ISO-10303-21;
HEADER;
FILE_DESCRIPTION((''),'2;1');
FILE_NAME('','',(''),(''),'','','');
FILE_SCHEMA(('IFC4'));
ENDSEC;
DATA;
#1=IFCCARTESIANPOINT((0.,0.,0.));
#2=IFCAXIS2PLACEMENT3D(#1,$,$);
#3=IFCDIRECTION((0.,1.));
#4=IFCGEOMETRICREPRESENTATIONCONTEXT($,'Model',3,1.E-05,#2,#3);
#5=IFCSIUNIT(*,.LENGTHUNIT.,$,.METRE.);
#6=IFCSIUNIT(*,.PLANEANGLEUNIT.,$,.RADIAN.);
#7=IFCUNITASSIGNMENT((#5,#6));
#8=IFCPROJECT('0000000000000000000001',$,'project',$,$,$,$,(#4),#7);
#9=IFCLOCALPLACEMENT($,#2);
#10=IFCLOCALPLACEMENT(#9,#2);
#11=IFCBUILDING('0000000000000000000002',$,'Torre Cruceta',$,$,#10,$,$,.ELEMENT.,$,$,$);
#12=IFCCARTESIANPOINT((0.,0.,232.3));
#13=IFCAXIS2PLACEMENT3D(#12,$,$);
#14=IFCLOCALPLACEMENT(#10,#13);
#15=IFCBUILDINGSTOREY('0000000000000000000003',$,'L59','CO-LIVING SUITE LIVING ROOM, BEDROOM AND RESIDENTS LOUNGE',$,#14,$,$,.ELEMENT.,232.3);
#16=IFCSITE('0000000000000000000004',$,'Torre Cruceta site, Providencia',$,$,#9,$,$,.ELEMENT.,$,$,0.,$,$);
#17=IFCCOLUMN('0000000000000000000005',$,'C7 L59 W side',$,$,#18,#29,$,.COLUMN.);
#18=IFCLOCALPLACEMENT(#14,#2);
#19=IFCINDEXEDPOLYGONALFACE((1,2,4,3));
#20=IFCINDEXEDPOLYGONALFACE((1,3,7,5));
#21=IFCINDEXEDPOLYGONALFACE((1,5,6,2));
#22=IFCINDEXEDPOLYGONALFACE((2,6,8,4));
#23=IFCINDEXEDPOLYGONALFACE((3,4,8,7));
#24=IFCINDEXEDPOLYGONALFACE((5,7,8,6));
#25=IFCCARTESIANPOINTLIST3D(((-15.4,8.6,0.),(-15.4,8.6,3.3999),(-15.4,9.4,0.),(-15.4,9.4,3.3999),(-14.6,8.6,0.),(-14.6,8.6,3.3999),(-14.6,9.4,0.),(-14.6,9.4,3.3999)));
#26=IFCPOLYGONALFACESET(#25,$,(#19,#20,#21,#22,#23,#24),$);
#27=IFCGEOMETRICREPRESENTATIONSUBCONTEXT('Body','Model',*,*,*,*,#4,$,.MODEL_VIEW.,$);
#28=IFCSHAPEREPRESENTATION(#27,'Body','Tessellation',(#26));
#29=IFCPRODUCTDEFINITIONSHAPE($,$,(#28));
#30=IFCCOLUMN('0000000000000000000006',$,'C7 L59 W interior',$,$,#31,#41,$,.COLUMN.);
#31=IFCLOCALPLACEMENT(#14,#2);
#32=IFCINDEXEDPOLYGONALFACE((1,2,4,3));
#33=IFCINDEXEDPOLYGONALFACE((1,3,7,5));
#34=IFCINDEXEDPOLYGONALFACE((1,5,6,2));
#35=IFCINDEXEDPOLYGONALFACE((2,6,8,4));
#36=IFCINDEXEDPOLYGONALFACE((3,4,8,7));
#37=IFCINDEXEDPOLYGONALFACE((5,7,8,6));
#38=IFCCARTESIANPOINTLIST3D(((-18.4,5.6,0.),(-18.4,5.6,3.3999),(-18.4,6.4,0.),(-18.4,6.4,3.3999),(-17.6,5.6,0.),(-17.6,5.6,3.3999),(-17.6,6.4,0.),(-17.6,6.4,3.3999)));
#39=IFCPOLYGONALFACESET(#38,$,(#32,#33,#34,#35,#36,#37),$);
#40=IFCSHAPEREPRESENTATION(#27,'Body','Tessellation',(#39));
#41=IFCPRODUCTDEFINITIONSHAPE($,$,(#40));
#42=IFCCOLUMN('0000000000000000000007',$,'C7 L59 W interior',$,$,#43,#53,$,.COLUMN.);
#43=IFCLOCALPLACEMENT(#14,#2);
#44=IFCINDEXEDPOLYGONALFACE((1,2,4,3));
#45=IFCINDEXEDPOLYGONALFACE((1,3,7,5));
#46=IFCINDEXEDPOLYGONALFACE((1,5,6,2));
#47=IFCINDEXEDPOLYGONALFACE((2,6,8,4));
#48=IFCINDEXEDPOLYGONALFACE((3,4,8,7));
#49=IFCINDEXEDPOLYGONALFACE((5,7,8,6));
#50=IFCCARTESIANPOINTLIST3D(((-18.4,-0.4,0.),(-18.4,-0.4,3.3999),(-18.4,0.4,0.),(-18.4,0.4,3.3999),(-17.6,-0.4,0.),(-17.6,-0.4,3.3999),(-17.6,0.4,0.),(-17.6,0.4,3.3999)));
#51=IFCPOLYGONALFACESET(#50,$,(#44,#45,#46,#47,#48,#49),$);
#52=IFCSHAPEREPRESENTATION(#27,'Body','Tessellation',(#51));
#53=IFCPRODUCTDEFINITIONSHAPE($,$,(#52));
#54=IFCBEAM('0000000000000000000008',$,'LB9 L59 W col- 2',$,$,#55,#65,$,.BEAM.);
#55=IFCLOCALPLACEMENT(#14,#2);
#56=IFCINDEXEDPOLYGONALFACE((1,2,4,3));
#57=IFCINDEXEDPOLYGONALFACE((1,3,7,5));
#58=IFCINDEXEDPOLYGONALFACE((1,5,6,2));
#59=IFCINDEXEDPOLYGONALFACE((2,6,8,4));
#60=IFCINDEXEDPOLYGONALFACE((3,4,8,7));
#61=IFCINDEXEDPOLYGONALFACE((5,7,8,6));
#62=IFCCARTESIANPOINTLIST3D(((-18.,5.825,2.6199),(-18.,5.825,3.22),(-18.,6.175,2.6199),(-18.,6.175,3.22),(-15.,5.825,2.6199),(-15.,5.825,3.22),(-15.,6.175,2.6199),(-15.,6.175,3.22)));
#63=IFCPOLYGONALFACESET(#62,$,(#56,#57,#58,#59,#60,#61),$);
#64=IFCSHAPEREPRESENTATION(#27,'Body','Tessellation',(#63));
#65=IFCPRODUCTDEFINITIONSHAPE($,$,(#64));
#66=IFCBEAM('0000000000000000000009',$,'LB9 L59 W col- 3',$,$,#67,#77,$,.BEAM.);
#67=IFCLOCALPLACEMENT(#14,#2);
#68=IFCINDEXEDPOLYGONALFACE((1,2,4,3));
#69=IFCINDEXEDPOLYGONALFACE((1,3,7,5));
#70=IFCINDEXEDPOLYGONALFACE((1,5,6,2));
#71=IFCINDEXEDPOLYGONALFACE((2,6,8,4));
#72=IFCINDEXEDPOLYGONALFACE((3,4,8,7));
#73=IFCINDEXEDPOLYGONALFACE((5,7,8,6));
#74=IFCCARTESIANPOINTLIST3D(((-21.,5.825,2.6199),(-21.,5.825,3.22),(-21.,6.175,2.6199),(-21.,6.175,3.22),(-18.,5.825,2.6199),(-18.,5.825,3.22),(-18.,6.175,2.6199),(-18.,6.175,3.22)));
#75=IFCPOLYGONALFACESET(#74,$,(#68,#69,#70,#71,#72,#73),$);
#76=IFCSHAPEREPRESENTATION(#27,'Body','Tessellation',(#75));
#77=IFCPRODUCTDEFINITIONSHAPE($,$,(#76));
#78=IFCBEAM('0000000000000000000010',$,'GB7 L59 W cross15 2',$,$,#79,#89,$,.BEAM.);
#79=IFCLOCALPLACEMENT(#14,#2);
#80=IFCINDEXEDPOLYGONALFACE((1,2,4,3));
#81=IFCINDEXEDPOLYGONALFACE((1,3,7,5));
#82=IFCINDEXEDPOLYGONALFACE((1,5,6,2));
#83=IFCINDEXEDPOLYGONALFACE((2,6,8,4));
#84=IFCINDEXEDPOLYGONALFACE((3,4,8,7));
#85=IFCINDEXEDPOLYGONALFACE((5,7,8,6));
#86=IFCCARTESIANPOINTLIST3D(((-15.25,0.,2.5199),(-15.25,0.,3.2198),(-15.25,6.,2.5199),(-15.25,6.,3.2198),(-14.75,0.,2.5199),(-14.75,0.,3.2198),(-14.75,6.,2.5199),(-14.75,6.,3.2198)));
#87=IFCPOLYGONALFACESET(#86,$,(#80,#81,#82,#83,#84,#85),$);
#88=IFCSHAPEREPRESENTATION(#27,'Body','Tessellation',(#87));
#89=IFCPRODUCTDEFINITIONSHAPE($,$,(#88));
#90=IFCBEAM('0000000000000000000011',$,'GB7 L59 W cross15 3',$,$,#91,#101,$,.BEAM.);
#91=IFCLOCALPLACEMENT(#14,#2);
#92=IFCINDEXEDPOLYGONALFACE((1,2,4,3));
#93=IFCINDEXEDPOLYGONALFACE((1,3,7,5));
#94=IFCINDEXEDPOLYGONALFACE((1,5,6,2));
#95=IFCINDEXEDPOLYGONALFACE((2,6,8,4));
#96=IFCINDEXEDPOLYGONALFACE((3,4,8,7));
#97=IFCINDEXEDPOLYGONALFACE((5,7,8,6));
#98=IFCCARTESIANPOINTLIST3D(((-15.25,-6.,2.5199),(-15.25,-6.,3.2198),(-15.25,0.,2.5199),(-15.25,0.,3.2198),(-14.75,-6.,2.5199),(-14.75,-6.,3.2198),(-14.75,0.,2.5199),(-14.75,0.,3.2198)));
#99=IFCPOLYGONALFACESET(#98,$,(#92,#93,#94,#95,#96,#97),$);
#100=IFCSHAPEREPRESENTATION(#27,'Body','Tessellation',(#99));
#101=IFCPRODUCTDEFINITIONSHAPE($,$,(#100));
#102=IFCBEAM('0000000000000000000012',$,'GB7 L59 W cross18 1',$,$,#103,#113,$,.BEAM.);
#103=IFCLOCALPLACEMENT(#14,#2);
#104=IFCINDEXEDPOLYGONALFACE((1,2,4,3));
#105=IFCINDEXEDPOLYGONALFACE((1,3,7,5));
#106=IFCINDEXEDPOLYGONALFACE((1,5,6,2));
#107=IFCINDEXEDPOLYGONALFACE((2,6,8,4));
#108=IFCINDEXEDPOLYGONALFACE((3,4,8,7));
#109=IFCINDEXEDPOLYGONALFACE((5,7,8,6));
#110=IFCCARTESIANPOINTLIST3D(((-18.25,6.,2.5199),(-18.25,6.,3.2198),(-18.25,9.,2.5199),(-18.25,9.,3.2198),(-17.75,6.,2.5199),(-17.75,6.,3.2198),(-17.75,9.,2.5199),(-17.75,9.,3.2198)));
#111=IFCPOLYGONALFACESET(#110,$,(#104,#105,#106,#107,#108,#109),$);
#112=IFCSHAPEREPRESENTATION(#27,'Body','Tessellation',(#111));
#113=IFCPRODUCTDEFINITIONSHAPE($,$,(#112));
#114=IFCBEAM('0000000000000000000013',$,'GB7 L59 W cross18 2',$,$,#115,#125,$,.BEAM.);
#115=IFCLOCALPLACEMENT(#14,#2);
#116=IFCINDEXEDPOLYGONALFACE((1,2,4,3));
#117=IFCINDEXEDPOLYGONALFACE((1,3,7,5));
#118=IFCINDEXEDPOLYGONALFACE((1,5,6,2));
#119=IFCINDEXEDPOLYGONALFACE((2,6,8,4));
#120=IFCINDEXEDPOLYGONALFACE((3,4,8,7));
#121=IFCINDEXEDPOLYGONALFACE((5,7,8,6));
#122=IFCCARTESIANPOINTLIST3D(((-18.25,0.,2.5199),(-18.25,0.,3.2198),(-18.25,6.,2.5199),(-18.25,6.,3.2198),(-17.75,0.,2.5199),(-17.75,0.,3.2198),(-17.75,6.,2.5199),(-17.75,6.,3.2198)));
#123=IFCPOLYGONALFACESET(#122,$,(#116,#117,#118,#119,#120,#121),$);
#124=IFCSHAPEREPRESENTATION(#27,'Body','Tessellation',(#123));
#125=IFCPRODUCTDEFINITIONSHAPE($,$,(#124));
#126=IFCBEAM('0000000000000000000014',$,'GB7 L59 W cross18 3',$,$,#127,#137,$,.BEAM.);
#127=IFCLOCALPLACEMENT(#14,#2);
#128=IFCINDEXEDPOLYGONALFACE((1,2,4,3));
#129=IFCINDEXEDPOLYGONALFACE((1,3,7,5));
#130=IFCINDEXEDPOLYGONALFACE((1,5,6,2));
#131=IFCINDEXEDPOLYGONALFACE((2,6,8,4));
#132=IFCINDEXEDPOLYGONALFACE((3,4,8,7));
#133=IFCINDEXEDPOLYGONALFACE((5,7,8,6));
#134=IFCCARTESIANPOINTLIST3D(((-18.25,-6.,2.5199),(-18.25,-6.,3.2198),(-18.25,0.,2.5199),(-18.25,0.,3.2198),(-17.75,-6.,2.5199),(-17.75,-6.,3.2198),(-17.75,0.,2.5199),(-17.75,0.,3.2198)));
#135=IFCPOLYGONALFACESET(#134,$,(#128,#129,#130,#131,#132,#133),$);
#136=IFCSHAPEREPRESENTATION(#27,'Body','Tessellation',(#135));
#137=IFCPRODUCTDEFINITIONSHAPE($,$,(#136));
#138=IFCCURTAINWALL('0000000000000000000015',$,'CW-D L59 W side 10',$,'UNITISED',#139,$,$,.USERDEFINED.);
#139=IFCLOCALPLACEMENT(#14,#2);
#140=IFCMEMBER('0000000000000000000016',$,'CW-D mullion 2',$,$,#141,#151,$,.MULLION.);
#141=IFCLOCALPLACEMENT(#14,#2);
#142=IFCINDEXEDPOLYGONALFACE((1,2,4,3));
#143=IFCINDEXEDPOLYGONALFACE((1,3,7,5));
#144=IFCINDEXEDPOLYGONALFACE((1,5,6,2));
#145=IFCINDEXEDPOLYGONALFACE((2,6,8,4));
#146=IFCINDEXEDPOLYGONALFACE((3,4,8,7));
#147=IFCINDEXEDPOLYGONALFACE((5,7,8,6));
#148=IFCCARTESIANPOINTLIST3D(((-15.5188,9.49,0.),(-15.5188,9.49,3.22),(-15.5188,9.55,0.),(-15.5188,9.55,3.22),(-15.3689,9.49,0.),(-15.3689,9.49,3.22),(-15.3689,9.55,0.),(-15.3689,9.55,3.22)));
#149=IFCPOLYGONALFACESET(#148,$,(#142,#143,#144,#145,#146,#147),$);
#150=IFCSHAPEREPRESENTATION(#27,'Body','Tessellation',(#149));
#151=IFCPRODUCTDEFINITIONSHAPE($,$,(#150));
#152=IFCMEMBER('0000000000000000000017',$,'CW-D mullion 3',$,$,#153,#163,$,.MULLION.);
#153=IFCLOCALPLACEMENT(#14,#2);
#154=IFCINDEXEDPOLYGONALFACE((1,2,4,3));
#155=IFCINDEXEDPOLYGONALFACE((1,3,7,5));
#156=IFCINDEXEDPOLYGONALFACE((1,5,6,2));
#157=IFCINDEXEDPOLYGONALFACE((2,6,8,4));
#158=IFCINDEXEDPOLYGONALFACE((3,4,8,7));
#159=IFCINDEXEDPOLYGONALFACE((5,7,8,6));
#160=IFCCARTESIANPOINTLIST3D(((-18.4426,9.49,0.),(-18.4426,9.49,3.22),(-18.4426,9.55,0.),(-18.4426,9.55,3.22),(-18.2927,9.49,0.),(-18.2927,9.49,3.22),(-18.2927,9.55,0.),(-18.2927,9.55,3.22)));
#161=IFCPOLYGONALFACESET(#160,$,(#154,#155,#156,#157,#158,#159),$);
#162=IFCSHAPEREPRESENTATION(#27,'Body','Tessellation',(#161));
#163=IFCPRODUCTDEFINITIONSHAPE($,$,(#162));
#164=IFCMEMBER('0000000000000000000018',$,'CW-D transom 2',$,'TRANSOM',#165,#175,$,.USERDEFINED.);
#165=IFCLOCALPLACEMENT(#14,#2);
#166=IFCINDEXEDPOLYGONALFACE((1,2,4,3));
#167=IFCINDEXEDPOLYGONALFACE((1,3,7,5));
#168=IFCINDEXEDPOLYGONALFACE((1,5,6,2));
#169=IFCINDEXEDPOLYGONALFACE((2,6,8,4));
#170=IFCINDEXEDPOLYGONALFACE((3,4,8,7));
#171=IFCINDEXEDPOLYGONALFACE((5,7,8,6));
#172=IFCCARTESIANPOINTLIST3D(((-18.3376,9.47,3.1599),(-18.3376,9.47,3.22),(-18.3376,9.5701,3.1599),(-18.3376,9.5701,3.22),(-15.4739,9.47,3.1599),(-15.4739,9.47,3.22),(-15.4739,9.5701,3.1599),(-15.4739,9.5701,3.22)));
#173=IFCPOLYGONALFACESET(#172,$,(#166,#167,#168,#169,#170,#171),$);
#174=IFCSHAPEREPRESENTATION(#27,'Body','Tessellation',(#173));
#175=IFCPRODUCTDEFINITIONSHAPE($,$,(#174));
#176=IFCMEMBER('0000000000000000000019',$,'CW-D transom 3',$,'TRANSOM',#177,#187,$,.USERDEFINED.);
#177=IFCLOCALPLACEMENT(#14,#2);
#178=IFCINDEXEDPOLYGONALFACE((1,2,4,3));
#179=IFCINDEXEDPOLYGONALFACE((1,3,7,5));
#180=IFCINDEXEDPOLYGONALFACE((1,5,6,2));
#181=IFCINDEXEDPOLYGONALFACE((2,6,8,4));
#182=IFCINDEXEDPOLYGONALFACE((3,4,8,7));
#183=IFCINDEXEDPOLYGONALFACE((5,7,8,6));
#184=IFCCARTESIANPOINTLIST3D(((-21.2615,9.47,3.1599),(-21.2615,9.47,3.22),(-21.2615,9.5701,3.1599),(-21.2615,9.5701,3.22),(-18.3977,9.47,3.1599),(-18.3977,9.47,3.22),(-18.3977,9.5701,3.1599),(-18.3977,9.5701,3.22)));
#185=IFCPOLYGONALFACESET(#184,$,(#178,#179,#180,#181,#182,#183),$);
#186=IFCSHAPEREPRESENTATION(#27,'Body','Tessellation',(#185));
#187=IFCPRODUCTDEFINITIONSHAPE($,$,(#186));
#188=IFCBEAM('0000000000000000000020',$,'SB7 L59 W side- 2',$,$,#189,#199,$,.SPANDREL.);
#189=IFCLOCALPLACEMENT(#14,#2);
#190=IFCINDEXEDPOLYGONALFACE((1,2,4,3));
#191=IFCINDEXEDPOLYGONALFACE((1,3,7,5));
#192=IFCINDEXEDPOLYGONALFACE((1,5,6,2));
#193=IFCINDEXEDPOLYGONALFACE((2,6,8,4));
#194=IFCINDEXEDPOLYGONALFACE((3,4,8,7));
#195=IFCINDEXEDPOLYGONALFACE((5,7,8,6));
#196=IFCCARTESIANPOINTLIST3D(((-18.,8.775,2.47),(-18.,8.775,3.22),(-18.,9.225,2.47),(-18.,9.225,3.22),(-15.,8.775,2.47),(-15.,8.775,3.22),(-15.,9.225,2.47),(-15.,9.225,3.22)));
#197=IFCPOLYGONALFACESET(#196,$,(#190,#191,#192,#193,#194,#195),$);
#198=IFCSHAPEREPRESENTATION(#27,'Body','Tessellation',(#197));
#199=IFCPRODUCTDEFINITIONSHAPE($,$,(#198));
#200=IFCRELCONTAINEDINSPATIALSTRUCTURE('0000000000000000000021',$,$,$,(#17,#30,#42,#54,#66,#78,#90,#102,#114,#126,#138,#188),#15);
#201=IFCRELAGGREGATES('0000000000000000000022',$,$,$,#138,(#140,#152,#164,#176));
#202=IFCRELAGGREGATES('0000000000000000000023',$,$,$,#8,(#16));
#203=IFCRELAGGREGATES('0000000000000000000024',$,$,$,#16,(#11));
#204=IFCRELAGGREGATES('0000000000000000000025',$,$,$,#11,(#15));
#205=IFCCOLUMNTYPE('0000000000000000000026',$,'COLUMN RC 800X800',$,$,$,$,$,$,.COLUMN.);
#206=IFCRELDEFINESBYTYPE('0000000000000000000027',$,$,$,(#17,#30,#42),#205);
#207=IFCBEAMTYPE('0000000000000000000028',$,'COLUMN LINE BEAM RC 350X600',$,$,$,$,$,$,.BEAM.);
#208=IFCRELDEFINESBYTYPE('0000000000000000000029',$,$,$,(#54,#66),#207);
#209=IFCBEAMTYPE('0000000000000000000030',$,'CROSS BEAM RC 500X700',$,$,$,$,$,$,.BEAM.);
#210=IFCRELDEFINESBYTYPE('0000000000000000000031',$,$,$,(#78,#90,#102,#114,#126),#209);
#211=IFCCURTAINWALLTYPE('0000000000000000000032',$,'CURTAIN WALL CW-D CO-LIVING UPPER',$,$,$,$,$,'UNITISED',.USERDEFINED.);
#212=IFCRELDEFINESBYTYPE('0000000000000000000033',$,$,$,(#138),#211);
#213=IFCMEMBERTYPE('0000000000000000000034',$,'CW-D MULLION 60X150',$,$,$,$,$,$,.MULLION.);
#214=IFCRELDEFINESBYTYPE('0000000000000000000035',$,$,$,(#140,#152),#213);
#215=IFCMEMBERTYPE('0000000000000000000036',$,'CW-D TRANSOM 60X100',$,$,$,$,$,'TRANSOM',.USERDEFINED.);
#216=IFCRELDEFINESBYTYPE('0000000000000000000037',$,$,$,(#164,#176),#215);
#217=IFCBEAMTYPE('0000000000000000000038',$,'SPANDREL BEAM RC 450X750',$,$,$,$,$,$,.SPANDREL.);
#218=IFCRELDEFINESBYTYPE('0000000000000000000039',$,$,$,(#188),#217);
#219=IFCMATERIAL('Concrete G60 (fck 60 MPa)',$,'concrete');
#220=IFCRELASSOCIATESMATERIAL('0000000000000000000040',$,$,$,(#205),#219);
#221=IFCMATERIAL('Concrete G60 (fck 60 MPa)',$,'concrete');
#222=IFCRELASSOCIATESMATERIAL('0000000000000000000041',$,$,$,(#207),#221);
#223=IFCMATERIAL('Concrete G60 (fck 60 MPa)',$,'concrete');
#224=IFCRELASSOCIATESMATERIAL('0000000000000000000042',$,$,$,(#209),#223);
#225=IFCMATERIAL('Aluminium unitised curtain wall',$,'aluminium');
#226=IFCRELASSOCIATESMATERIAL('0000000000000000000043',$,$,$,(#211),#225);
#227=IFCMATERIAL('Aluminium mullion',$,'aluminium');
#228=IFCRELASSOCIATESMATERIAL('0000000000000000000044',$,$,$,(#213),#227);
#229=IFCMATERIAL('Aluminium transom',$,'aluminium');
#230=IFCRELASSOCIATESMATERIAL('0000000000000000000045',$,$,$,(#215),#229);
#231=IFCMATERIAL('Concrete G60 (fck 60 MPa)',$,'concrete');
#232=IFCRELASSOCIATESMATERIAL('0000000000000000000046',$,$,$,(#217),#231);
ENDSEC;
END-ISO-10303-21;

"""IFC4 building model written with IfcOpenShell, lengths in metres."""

from ifc_helpers import new_model, si_unit, direction, frame, origin, origin_2d, place, context, subcontext, project, spatial, rectangle, extrude, material, material_profile, profile_set, type_object, element, aggregate, save


model = new_model("IFC4")

# Units and contexts
model_context = context("Model", 3, precision=1e-05, world=origin(), true_north=direction((0.0, 1.0)))
body_context = subcontext(model_context, "Body", "Model", "MODEL_VIEW")
ifc_project = project(units=[si_unit("LENGTHUNIT", "METRE"), si_unit("PLANEANGLEUNIT", "RADIAN")], contexts=[model_context])

# Site, building, storey
site_placement = place(None, origin())
site = spatial("IfcSite", under=ifc_project, at=site_placement, Name="Torre Cruceta site, Providencia", CompositionType="ELEMENT", RefElevation=0.0)
building_placement = place(site_placement, origin())
building = spatial("IfcBuilding", under=site, at=building_placement, Name="Torre Cruceta", CompositionType="ELEMENT")
storey_placement = place(building_placement, frame((0.0, 0.0, 232.3)))
storey = spatial("IfcBuildingStorey", under=building, at=storey_placement, Name="L59", Description="CO-LIVING SUITE LIVING ROOM, BEDROOM AND RESIDENTS LOUNGE", CompositionType="ELEMENT", Elevation=232.3)

# Columns
ifc_material_1 = material(Name="Concrete G60 (fck 60 MPa)", Category="concrete")
ifc_material_profile_1 = material_profile(ifc_material_1, rectangle(XDim=0.8, YDim=0.8, at=origin_2d()), Name="RC 800X800")
ifc_profile_set_1 = profile_set([ifc_material_profile_1], Name="Concrete G60 (fck 60 MPa)")
column_type = type_object("IfcColumnType", Name="COLUMN RC 800X800", PredefinedType="COLUMN", material=ifc_profile_set_1)
for number, where, z_axis, x_axis, name in (
    (1, (-15.0, 9.0, 0.0), (0.0, 0.0, 1.0), (1.0, 0.0, 0.0), "C7 L59 W side"),
    (2, (-18.0, 6.0, 0.0), (0.0, 0.0, 1.0), (1.0, 0.0, 0.0), "C7 L59 W interior"),
    (3, (-18.0, 0.0, 0.0), (0.0, 0.0, 1.0), (1.0, 0.0, 0.0), "C7 L59 W interior"),
):
    element("IfcColumn", number, at=place(storey_placement, frame(where, z_axis=z_axis, x_axis=x_axis)), inside=storey, type_object=column_type, Name=name, PredefinedType="COLUMN", context=body_context, shape_type="SweptSolid", body=[
        extrude(rectangle(XDim=0.8, YDim=0.8, at=origin_2d()), origin(), (0.0, 0.0, 1.0), 3.3999),
    ])

# Beams
ifc_material_2 = material(Name="Concrete G60 (fck 60 MPa)", Category="concrete")
ifc_material_profile_2 = material_profile(ifc_material_2, rectangle(XDim=0.3501, YDim=0.6001, at=origin_2d()), Name="RC 350X600")
ifc_profile_set_2 = profile_set([ifc_material_profile_2], Name="Concrete G60 (fck 60 MPa)")
beam_type_1 = type_object("IfcBeamType", Name="COLUMN LINE BEAM RC 350X600", PredefinedType="BEAM", material=ifc_profile_set_2)
for number, where, z_axis, x_axis, name in (
    (4, (-15.0, 6.0, 2.9199), (-1.0, 0.0, 0.0), (0.0, -1.0, 0.0), "LB9 L59 W col- 2"),
    (5, (-18.0, 6.0, 2.9199), (-1.0, 0.0, 0.0), (0.0, -1.0, 0.0), "LB9 L59 W col- 3"),
):
    element("IfcBeam", number, at=place(storey_placement, frame(where, z_axis=z_axis, x_axis=x_axis)), inside=storey, type_object=beam_type_1, Name=name, PredefinedType="BEAM", context=body_context, shape_type="SweptSolid", body=[
        extrude(rectangle(XDim=0.3501, YDim=0.6001, at=origin_2d()), origin(), (0.0, 0.0, 1.0), 3.0),
    ])
ifc_material_3 = material(Name="Concrete G60 (fck 60 MPa)", Category="concrete")
ifc_material_profile_3 = material_profile(ifc_material_3, rectangle(XDim=0.5, YDim=0.7, at=origin_2d()), Name="RC 500X700")
ifc_profile_set_3 = profile_set([ifc_material_profile_3], Name="Concrete G60 (fck 60 MPa)")
beam_type_2 = type_object("IfcBeamType", Name="CROSS BEAM RC 500X700", PredefinedType="BEAM", material=ifc_profile_set_3)
for number, where, z_axis, x_axis, name in (
    (6, (-15.0, 6.0, 2.8699), (0.0, -1.0, 0.0), (1.0, 0.0, 0.0), "GB7 L59 W cross15 2"),
    (7, (-15.0, 0.0, 2.8699), (0.0, -1.0, 0.0), (1.0, 0.0, 0.0), "GB7 L59 W cross15 3"),
):
    element("IfcBeam", number, at=place(storey_placement, frame(where, z_axis=z_axis, x_axis=x_axis)), inside=storey, type_object=beam_type_2, Name=name, PredefinedType="BEAM", context=body_context, shape_type="SweptSolid", body=[
        extrude(rectangle(XDim=0.5, YDim=0.7, at=origin_2d()), origin(), (0.0, 0.0, 1.0), 6.0),
    ])
beam_placement = place(storey_placement, frame((-18.0, 9.0, 2.8699), z_axis=(0.0, -1.0, 0.0), x_axis=(1.0, 0.0, 0.0)))
element("IfcBeam", 8, at=beam_placement, inside=storey, type_object=beam_type_2, Name="GB7 L59 W cross18 1", PredefinedType="BEAM", context=body_context, shape_type="SweptSolid", body=[
    extrude(rectangle(XDim=0.5, YDim=0.7, at=origin_2d()), origin(), (0.0, 0.0, 1.0), 3.0),
])
for number, where, z_axis, x_axis, name in (
    (9, (-18.0, 6.0, 2.8699), (0.0, -1.0, 0.0), (1.0, 0.0, 0.0), "GB7 L59 W cross18 2"),
    (10, (-18.0, 0.0, 2.8699), (0.0, -1.0, 0.0), (1.0, 0.0, 0.0), "GB7 L59 W cross18 3"),
):
    element("IfcBeam", number, at=place(storey_placement, frame(where, z_axis=z_axis, x_axis=x_axis)), inside=storey, type_object=beam_type_2, Name=name, PredefinedType="BEAM", context=body_context, shape_type="SweptSolid", body=[
        extrude(rectangle(XDim=0.5, YDim=0.7, at=origin_2d()), origin(), (0.0, 0.0, 1.0), 6.0),
    ])

# Curtain wall, members
ifc_material_4 = material(Name="Aluminium unitised curtain wall", Category="aluminium")
curtain_wall_type = type_object("IfcCurtainWallType", Name="CURTAIN WALL CW-D CO-LIVING UPPER", ElementType="UNITISED", PredefinedType="USERDEFINED", material=ifc_material_4)
curtain_wall_placement = place(storey_placement, origin())
curtain_wall = element("IfcCurtainWall", 11, at=curtain_wall_placement, inside=storey, type_object=curtain_wall_type, Name="CW-D L59 W side 10", ObjectType="UNITISED", PredefinedType="USERDEFINED")
ifc_material_5 = material(Name="Aluminium mullion", Category="aluminium")
ifc_material_profile_4 = material_profile(ifc_material_5, rectangle(XDim=0.0601, YDim=0.1499, at=origin_2d()), Name="AL 60X150")
ifc_profile_set_4 = profile_set([ifc_material_profile_4], Name="Aluminium mullion")
member_type_1 = type_object("IfcMemberType", Name="CW-D MULLION 60X150", PredefinedType="MULLION", material=ifc_profile_set_4)
member_1_placement = place(storey_placement, frame((-15.4438, 9.52, 0.0), z_axis=(0.0, 0.0, 1.0), x_axis=(0.0, -1.0, 0.0)))
member_1 = element("IfcMember", 12, at=member_1_placement, type_object=member_type_1, Name="CW-D mullion 2", PredefinedType="MULLION", context=body_context, shape_type="SweptSolid", body=[
    extrude(rectangle(XDim=0.0601, YDim=0.1499, at=origin_2d()), origin(), (0.0, 0.0, 1.0), 3.22),
])
member_2_placement = place(storey_placement, frame((-18.3677, 9.52, 0.0), z_axis=(0.0, 0.0, 1.0), x_axis=(0.0, -1.0, 0.0)))
member_2 = element("IfcMember", 13, at=member_2_placement, type_object=member_type_1, Name="CW-D mullion 3", PredefinedType="MULLION", context=body_context, shape_type="SweptSolid", body=[
    extrude(rectangle(XDim=0.0601, YDim=0.1499, at=origin_2d()), origin(), (0.0, 0.0, 1.0), 3.22),
])
ifc_material_6 = material(Name="Aluminium transom", Category="aluminium")
ifc_material_profile_5 = material_profile(ifc_material_6, rectangle(XDim=0.1001, YDim=0.0601, at=origin_2d()), Name="AL 100X60")
ifc_profile_set_5 = profile_set([ifc_material_profile_5], Name="Aluminium transom")
member_type_2 = type_object("IfcMemberType", Name="CW-D TRANSOM 60X100", ElementType="TRANSOM", PredefinedType="USERDEFINED", material=ifc_profile_set_5)
member_3_placement = place(storey_placement, frame((-15.4739, 9.52, 3.1899), z_axis=(-1.0, 0.0, 0.0), x_axis=(0.0, -1.0, 0.0)))
member_3 = element("IfcMember", 14, at=member_3_placement, type_object=member_type_2, Name="CW-D transom 2", ObjectType="TRANSOM", PredefinedType="USERDEFINED", context=body_context, shape_type="SweptSolid", body=[
    extrude(rectangle(XDim=0.1001, YDim=0.0601, at=origin_2d()), origin(), (0.0, 0.0, 1.0), 2.8638),
])
member_4_placement = place(storey_placement, frame((-18.3977, 9.52, 3.1899), z_axis=(-1.0, 0.0, 0.0), x_axis=(0.0, -1.0, 0.0)))
member_4 = element("IfcMember", 15, at=member_4_placement, type_object=member_type_2, Name="CW-D transom 3", ObjectType="TRANSOM", PredefinedType="USERDEFINED", context=body_context, shape_type="SweptSolid", body=[
    extrude(rectangle(XDim=0.1001, YDim=0.0601, at=origin_2d()), origin(), (0.0, 0.0, 1.0), 2.8638),
])

# Beam
ifc_material_7 = material(Name="Concrete G60 (fck 60 MPa)", Category="concrete")
ifc_material_profile_6 = material_profile(ifc_material_7, rectangle(XDim=0.45, YDim=0.75, at=origin_2d()), Name="RC 450X750")
ifc_profile_set_6 = profile_set([ifc_material_profile_6], Name="Concrete G60 (fck 60 MPa)")
beam_type_3 = type_object("IfcBeamType", Name="SPANDREL BEAM RC 450X750", PredefinedType="SPANDREL", material=ifc_profile_set_6)
for number, where, z_axis, x_axis, name in (
    (16, (-15.0, 9.0, 2.845), (-1.0, 0.0, 0.0), (0.0, -1.0, 0.0), "SB7 L59 W side- 2"),
):
    element("IfcBeam", number, at=place(storey_placement, frame(where, z_axis=z_axis, x_axis=x_axis)), inside=storey, type_object=beam_type_3, Name=name, PredefinedType="SPANDREL", context=body_context, shape_type="SweptSolid", body=[
        extrude(rectangle(XDim=0.45, YDim=0.75, at=origin_2d()), origin(), (0.0, 0.0, 1.0), 3.0),
    ])

aggregate(curtain_wall, [member_1, member_2, member_3, member_4])

save(model, "model.ifc")
